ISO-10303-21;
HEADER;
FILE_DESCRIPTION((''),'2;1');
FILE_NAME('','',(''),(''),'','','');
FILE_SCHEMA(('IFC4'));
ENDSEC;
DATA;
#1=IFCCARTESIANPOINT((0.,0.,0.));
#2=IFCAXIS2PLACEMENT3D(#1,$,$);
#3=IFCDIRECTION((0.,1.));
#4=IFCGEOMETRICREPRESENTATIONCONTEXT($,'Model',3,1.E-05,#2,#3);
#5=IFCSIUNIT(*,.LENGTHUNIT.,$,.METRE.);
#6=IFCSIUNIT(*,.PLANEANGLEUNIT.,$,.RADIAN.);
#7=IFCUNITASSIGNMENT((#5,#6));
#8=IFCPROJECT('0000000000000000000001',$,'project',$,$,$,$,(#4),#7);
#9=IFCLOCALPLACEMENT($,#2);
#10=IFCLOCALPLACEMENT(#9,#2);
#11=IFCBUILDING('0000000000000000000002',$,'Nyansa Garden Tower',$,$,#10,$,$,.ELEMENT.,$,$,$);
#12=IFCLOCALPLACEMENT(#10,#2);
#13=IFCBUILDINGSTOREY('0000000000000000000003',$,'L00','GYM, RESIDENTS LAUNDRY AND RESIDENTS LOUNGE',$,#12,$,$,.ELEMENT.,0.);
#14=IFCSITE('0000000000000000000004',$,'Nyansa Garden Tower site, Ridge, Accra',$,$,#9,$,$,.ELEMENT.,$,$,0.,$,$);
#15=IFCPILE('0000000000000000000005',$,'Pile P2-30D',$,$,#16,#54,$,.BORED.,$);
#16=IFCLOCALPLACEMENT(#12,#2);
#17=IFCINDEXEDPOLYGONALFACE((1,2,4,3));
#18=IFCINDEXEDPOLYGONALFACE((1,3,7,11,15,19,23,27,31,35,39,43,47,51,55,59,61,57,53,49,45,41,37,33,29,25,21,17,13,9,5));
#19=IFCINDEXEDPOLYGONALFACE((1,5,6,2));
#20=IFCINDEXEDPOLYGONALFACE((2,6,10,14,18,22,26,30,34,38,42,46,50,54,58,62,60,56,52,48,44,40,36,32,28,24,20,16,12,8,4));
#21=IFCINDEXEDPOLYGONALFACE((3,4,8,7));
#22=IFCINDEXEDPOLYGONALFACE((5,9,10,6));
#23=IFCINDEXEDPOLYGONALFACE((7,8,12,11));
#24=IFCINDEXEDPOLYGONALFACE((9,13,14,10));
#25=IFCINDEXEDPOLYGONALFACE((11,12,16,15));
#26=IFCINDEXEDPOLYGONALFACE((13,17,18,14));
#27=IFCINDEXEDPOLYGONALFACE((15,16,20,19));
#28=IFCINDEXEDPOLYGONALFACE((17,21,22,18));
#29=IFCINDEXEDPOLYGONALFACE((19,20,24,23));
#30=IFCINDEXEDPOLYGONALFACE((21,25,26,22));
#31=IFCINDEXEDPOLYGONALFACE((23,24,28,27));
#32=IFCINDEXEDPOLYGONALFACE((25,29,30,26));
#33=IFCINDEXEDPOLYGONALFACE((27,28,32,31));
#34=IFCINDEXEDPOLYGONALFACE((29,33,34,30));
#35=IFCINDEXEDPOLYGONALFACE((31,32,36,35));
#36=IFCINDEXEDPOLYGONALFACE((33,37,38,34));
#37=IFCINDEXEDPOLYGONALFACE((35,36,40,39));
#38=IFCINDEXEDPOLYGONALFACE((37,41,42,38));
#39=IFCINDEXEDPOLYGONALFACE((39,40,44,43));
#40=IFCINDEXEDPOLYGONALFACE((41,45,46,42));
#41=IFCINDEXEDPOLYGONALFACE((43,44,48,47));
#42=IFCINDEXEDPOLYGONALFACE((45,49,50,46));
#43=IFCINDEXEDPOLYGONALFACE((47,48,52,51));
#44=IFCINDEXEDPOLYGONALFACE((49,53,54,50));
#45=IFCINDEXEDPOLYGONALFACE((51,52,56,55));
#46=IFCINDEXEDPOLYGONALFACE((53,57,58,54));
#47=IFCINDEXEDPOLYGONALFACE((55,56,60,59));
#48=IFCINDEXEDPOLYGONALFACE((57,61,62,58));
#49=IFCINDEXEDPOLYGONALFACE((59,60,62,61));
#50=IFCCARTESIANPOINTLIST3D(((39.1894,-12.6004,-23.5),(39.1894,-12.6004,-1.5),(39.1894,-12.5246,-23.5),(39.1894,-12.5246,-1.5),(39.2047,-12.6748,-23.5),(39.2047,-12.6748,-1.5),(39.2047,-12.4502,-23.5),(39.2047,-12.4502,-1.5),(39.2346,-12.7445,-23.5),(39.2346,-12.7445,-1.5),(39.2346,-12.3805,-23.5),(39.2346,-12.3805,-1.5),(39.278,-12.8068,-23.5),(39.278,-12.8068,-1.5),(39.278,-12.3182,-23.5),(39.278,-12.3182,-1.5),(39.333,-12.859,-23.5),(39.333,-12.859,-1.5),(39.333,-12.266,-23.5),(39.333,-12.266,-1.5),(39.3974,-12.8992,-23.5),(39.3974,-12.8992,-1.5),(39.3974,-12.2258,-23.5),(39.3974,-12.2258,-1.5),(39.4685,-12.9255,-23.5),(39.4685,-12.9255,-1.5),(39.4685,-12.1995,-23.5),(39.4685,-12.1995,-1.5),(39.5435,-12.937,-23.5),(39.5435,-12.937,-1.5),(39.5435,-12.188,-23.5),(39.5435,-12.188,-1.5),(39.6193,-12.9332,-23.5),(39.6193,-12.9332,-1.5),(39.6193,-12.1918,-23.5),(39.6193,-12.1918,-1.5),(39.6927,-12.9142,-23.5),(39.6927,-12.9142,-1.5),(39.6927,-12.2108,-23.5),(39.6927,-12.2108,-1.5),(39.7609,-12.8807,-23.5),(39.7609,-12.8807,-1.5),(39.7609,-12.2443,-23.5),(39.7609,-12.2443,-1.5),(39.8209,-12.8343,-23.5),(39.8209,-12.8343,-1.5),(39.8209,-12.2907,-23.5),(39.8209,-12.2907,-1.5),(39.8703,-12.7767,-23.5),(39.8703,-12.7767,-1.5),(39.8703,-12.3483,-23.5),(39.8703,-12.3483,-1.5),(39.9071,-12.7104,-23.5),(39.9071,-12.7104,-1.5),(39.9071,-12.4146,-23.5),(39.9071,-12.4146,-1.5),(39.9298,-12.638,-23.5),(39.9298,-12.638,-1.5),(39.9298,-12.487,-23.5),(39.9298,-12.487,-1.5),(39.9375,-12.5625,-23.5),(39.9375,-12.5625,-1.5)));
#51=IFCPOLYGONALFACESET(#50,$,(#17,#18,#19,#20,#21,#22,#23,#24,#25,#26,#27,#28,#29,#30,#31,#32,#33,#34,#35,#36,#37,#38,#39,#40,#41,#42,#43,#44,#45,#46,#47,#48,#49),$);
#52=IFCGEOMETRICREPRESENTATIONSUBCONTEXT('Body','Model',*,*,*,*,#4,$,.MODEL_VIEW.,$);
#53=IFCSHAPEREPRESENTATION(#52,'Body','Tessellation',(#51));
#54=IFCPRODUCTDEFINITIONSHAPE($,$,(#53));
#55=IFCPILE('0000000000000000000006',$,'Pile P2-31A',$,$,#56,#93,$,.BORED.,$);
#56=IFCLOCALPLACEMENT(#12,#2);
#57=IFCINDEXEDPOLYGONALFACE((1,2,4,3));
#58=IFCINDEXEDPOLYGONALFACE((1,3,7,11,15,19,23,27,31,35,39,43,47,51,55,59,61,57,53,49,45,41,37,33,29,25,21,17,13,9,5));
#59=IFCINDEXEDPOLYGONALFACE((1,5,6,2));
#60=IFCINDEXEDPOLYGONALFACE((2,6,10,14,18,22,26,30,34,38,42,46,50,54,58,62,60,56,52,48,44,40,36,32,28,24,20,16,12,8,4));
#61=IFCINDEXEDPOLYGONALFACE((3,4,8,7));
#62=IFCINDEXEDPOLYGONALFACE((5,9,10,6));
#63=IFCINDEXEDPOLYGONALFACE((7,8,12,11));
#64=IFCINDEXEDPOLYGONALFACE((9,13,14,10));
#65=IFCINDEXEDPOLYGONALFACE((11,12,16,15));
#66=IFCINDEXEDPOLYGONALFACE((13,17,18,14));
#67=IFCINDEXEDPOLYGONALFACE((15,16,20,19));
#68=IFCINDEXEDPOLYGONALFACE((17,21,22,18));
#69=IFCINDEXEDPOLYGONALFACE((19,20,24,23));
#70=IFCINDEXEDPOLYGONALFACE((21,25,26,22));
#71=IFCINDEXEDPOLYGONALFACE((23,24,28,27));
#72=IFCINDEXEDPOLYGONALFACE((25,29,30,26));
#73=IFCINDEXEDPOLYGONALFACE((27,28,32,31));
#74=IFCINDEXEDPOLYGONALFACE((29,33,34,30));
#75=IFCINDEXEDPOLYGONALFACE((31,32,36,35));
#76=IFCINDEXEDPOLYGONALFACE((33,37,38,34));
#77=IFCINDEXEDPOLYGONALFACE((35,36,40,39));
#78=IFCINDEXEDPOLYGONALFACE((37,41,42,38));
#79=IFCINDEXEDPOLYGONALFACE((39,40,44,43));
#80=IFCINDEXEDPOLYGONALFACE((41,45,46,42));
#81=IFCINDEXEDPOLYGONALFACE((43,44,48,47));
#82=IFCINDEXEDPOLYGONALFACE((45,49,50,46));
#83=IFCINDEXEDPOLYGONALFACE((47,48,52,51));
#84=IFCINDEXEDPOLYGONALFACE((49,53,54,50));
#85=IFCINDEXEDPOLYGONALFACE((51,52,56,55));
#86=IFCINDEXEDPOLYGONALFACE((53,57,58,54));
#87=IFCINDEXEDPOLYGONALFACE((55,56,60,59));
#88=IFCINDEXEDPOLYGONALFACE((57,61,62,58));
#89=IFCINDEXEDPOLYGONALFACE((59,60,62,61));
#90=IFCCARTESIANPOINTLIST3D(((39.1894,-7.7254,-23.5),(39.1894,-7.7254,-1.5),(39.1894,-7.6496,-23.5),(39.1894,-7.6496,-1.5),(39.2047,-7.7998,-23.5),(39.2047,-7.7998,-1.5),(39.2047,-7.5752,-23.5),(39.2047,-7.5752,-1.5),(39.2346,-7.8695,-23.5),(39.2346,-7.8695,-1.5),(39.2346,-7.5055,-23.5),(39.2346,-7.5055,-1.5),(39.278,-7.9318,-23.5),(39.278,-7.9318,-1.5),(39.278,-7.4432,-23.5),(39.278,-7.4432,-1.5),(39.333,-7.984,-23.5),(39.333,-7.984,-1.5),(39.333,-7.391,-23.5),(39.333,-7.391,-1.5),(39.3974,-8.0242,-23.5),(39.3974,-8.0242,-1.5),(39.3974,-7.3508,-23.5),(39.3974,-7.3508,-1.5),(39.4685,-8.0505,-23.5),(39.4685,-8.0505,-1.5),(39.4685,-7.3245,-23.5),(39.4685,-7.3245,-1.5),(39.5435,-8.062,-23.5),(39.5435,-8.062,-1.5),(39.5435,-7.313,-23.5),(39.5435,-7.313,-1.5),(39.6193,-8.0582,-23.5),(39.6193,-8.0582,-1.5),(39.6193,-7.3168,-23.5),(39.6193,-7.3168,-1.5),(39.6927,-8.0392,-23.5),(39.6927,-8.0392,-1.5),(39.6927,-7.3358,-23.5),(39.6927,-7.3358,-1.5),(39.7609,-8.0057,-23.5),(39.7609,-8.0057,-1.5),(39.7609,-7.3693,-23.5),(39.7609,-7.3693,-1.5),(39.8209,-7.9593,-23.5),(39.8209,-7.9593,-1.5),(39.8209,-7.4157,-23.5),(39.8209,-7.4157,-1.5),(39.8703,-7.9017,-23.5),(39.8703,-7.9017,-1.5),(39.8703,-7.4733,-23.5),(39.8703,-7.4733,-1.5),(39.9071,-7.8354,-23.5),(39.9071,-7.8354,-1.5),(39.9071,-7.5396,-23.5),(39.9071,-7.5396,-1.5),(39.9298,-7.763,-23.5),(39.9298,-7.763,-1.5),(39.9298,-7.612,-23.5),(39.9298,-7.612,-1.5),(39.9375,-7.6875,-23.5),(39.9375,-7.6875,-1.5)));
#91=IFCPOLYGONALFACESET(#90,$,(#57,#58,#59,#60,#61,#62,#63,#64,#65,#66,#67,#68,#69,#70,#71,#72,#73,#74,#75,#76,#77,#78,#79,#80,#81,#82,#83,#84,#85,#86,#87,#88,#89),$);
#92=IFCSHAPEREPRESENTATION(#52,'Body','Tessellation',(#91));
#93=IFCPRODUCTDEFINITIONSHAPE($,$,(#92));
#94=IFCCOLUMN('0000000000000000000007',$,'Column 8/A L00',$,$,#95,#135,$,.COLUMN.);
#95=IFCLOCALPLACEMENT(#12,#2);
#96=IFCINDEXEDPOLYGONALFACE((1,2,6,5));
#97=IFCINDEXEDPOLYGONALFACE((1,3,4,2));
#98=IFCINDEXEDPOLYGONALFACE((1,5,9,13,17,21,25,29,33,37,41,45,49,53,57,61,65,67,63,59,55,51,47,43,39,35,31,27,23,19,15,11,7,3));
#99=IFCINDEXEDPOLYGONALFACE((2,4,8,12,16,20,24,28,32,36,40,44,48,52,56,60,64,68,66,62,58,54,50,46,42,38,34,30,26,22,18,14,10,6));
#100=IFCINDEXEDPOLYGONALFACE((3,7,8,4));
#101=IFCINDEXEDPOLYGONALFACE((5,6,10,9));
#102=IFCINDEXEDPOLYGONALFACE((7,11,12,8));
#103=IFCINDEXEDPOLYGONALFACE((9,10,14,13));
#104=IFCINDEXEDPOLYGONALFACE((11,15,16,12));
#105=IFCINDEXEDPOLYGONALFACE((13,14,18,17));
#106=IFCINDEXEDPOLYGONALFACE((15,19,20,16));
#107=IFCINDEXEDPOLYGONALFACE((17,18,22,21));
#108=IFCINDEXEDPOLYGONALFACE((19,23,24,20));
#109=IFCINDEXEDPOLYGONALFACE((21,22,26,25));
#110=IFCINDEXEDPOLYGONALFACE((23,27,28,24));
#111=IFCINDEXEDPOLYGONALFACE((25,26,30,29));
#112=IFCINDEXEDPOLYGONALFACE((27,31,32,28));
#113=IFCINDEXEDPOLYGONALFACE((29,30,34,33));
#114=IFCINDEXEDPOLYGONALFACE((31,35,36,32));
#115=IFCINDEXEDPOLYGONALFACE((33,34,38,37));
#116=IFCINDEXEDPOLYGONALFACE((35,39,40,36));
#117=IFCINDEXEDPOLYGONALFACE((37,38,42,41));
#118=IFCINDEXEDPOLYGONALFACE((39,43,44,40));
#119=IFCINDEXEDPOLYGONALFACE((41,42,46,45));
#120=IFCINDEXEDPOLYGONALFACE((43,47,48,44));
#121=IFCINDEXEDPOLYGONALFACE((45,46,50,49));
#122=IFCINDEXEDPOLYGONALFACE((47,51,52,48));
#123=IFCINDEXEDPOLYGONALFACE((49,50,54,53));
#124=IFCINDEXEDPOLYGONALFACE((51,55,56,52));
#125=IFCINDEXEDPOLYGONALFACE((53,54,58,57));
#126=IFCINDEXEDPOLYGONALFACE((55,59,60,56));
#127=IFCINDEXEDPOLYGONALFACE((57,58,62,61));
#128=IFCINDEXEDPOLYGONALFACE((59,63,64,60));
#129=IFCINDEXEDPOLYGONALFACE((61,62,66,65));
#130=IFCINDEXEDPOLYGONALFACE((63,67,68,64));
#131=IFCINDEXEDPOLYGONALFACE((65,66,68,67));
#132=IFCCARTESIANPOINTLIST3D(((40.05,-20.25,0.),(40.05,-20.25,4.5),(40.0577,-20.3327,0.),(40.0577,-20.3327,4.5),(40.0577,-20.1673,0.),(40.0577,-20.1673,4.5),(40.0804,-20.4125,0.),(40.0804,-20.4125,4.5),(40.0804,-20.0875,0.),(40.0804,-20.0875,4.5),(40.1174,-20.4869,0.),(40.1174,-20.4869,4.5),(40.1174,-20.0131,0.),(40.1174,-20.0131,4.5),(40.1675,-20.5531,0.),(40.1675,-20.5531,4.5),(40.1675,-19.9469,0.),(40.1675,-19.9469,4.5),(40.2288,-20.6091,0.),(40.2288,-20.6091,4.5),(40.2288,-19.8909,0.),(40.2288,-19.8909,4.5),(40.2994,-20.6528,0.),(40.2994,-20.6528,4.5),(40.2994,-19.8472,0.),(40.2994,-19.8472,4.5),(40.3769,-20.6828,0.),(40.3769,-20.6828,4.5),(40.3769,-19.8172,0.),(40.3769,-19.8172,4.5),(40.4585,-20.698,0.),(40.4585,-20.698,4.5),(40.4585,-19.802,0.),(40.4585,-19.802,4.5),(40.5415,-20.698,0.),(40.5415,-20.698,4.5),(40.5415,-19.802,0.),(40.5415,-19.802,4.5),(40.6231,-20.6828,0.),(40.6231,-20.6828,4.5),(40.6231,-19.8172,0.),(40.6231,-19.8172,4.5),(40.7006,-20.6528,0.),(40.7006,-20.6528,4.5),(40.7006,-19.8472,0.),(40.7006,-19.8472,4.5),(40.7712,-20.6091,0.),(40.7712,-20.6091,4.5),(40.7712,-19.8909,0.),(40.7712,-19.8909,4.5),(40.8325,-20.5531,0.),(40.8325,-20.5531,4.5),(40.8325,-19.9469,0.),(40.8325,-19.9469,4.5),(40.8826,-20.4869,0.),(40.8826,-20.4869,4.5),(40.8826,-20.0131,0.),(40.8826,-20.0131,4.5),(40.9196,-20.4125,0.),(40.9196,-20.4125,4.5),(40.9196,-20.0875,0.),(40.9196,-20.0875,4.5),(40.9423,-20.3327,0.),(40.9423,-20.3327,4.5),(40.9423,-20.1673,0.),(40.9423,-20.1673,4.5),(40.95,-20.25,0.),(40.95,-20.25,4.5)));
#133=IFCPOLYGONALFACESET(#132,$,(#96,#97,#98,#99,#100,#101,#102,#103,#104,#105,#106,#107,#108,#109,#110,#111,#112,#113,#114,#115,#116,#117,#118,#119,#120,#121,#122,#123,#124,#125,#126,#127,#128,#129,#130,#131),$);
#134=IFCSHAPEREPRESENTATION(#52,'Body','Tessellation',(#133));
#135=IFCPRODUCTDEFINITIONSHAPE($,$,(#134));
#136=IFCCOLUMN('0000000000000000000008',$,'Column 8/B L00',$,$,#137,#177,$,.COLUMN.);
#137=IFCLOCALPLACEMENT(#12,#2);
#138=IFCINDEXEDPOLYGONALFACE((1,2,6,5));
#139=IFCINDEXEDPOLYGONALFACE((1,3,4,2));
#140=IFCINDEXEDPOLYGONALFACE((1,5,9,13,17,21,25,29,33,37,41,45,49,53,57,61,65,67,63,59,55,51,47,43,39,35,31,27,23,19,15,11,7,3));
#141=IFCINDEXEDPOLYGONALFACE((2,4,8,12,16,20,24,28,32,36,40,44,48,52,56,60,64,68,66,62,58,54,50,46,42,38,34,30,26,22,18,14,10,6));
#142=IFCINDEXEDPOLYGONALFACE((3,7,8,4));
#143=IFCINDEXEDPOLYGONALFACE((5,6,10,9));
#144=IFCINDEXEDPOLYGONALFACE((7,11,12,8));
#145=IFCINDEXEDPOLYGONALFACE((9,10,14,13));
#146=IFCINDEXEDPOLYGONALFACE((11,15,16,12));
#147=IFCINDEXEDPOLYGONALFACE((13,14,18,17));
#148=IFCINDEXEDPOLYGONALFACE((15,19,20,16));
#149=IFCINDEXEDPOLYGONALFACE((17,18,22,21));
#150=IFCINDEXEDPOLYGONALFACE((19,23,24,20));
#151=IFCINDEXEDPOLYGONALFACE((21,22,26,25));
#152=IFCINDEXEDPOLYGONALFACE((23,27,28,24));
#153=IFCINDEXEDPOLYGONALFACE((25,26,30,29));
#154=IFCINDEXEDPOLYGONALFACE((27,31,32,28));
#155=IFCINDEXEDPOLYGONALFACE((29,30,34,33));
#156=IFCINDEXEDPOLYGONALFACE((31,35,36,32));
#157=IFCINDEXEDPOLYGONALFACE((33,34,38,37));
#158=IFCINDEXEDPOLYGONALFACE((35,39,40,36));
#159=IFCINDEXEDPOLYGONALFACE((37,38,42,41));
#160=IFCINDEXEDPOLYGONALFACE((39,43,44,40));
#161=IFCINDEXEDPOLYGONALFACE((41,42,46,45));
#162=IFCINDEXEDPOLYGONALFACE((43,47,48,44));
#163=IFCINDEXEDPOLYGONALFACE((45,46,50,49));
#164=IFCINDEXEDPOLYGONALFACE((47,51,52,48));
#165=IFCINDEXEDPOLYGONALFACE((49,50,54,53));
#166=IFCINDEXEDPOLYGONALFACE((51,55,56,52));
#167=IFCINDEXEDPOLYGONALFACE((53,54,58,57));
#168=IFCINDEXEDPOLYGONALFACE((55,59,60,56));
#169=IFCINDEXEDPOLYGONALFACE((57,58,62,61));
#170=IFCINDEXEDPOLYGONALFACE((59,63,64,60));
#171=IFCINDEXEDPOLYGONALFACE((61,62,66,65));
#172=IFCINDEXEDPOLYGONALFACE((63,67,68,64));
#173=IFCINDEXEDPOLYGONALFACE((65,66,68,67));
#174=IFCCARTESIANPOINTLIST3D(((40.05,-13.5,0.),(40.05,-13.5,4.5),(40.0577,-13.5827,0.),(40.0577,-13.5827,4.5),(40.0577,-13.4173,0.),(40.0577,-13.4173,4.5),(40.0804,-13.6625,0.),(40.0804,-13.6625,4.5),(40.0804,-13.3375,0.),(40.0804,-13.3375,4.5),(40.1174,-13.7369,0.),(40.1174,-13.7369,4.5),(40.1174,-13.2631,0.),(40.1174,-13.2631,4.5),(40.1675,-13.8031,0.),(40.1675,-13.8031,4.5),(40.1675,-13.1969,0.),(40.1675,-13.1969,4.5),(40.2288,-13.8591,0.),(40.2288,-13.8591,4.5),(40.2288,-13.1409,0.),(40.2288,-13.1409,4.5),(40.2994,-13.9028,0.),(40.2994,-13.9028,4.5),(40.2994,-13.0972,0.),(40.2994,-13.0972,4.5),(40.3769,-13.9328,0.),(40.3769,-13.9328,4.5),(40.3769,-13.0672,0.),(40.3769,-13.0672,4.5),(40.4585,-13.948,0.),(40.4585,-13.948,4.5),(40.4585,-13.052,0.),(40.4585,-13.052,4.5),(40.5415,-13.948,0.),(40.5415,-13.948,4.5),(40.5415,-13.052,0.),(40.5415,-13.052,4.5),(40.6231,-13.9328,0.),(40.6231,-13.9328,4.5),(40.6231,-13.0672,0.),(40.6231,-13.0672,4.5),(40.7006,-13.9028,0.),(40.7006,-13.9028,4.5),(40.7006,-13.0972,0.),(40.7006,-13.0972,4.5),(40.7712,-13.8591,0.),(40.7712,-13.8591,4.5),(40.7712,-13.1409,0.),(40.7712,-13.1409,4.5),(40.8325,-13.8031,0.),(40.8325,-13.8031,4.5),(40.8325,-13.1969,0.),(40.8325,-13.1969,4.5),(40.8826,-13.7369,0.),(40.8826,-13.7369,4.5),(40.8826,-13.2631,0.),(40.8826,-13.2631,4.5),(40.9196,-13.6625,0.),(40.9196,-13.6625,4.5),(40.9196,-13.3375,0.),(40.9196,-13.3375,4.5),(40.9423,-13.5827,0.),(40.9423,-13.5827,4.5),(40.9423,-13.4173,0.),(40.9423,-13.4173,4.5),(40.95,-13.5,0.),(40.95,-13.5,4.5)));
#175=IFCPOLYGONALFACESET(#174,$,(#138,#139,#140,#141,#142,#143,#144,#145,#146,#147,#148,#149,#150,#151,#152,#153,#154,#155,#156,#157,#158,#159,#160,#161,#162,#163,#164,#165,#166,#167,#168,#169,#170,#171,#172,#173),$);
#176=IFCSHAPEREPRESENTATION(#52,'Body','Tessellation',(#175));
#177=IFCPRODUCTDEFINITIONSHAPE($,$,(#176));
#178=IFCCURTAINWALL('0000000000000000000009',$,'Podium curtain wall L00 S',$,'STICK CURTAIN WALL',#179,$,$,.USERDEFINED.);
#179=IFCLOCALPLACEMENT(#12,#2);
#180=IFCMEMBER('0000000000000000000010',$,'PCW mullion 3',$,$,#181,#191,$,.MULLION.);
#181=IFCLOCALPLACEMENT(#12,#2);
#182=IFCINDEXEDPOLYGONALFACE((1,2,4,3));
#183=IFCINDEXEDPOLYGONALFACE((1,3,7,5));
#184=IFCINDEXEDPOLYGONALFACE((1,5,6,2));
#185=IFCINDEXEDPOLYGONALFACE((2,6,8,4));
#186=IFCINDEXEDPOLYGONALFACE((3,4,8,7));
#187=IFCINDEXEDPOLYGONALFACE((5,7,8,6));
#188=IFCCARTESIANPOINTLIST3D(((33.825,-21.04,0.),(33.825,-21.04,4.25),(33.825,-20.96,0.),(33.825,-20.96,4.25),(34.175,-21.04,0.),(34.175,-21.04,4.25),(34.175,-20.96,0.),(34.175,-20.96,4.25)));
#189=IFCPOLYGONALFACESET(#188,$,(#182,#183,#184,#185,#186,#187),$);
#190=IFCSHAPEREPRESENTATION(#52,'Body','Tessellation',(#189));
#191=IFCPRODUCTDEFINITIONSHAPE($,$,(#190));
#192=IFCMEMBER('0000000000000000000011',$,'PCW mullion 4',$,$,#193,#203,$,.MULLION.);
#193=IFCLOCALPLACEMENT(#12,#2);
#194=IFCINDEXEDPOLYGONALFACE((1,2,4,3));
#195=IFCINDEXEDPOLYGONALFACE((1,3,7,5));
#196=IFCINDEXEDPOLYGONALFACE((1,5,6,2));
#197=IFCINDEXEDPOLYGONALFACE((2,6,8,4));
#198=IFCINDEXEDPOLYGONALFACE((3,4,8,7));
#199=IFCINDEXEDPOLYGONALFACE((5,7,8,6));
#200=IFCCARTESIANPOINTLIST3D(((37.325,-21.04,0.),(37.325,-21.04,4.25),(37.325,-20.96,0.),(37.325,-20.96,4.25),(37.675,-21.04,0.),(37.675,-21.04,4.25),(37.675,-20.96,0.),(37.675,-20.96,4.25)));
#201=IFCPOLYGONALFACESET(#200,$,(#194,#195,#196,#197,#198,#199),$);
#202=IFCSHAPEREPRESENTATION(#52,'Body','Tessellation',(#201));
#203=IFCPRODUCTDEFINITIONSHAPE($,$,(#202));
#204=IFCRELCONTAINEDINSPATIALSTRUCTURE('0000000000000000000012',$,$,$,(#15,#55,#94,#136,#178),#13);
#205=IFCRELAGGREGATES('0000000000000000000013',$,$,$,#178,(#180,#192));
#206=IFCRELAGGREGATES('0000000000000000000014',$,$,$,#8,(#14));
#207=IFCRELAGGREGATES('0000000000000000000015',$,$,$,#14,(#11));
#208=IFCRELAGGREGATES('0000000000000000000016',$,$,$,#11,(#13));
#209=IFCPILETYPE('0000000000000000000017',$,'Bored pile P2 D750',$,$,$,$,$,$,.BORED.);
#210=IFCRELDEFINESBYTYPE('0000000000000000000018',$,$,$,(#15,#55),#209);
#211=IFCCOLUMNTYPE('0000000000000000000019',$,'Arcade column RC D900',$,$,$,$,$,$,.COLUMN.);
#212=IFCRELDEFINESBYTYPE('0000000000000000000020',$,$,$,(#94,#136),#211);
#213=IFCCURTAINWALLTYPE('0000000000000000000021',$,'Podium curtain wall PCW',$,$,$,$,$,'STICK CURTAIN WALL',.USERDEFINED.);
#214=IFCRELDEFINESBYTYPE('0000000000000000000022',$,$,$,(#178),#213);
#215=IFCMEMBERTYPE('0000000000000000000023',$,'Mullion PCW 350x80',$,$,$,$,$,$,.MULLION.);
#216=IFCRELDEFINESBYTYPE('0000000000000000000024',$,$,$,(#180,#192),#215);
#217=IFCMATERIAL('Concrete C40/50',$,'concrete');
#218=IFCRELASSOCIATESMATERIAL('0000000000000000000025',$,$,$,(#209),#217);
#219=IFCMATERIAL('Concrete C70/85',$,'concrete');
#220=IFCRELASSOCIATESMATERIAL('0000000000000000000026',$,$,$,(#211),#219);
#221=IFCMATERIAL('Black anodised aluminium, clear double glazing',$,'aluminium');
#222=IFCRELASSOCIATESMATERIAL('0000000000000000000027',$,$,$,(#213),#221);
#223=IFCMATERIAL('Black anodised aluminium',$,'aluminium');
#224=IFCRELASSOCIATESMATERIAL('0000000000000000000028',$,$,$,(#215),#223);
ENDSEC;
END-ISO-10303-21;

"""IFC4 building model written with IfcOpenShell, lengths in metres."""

from ifc_helpers import new_model, si_unit, direction, frame, origin, origin_2d, place, context, subcontext, project, spatial, rectangle, circle, extrude, material, material_profile, profile_set, type_object, element, aggregate, save


model = new_model("IFC4")

# Units and contexts
model_context = context("Model", 3, precision=1e-05, world=origin(), true_north=direction((0.0, 1.0)))
body_context = subcontext(model_context, "Body", "Model", "MODEL_VIEW")
ifc_project = project(units=[si_unit("LENGTHUNIT", "METRE"), si_unit("PLANEANGLEUNIT", "RADIAN")], contexts=[model_context])

# Site, building, storey
site_placement = place(None, origin())
site = spatial("IfcSite", under=ifc_project, at=site_placement, Name="Nyansa Garden Tower site, Ridge, Accra", CompositionType="ELEMENT", RefElevation=0.0)
building_placement = place(site_placement, origin())
building = spatial("IfcBuilding", under=site, at=building_placement, Name="Nyansa Garden Tower", CompositionType="ELEMENT")
storey_placement = place(building_placement, origin())
storey = spatial("IfcBuildingStorey", under=building, at=storey_placement, Name="L00", Description="GYM, RESIDENTS LAUNDRY AND RESIDENTS LOUNGE", CompositionType="ELEMENT", Elevation=0.0)

# Piles
ifc_material_1 = material(Name="Concrete C40/50", Category="concrete")
pile_type = type_object("IfcPileType", Name="Bored pile P2 D750", PredefinedType="BORED", material=ifc_material_1)
for number, where, z_axis, x_axis, name in (
    (1, (39.5625, -12.5625, -1.5), (0.0, 0.0, -1.0), (1.0, 0.0, 0.0), "Pile P2-30D"),
    (2, (39.5625, -7.6875, -1.5), (0.0, 0.0, -1.0), (1.0, 0.0, 0.0), "Pile P2-31A"),
):
    element("IfcPile", number, at=place(storey_placement, frame(where, z_axis=z_axis, x_axis=x_axis)), inside=storey, type_object=pile_type, Name=name, PredefinedType="BORED", context=body_context, shape_type="SweptSolid", body=[
        extrude(circle(Radius=0.375, at=origin_2d()), origin(), (0.0, 0.0, 1.0), 22.0),
    ])

# Columns
ifc_material_2 = material(Name="Concrete C70/85", Category="concrete")
ifc_material_profile_1 = material_profile(ifc_material_2, circle(Radius=0.45, at=origin_2d()), Name="RC D900")
ifc_profile_set_1 = profile_set([ifc_material_profile_1], Name="Concrete C70/85")
column_type = type_object("IfcColumnType", Name="Arcade column RC D900", PredefinedType="COLUMN", material=ifc_profile_set_1)
for number, where, z_axis, x_axis, name in (
    (3, (40.5, -20.25, 0.0), (0.0, 0.0, 1.0), (1.0, 0.0, 0.0), "Column 8/A L00"),
    (4, (40.5, -13.5, 0.0), (0.0, 0.0, 1.0), (1.0, 0.0, 0.0), "Column 8/B L00"),
):
    element("IfcColumn", number, at=place(storey_placement, frame(where, z_axis=z_axis, x_axis=x_axis)), inside=storey, type_object=column_type, Name=name, PredefinedType="COLUMN", context=body_context, shape_type="SweptSolid", body=[
        extrude(circle(Radius=0.45, at=origin_2d()), origin(), (0.0, 0.0, 1.0), 4.5),
    ])

# Curtain wall, members
ifc_material_3 = material(Name="Black anodised aluminium, clear double glazing", Category="aluminium")
curtain_wall_type = type_object("IfcCurtainWallType", Name="Podium curtain wall PCW", ElementType="STICK CURTAIN WALL", PredefinedType="USERDEFINED", material=ifc_material_3)
curtain_wall_placement = place(storey_placement, origin())
curtain_wall = element("IfcCurtainWall", 5, at=curtain_wall_placement, inside=storey, type_object=curtain_wall_type, Name="Podium curtain wall L00 S", ObjectType="STICK CURTAIN WALL", PredefinedType="USERDEFINED")
ifc_material_4 = material(Name="Black anodised aluminium", Category="aluminium")
ifc_material_profile_2 = material_profile(ifc_material_4, rectangle(XDim=0.0801, YDim=0.3501, at=origin_2d()), Name="Mullion 350x80")
ifc_profile_set_2 = profile_set([ifc_material_profile_2], Name="Black anodised aluminium")
member_type_1 = type_object("IfcMemberType", Name="Mullion PCW 350x80", PredefinedType="MULLION", material=ifc_profile_set_2)
member_1_placement = place(storey_placement, frame((34.0, -21.0, 0.0), z_axis=(0.0, 0.0, 1.0), x_axis=(0.0, 1.0, 0.0)))
member_1 = element("IfcMember", 6, at=member_1_placement, type_object=member_type_1, Name="PCW mullion 3", PredefinedType="MULLION", context=body_context, shape_type="SweptSolid", body=[
    extrude(rectangle(XDim=0.0801, YDim=0.3501, at=origin_2d()), origin(), (0.0, 0.0, 1.0), 4.25),
])
member_2_placement = place(storey_placement, frame((37.5, -21.0, 0.0), z_axis=(0.0, 0.0, 1.0), x_axis=(0.0, 1.0, 0.0)))
member_2 = element("IfcMember", 7, at=member_2_placement, type_object=member_type_1, Name="PCW mullion 4", PredefinedType="MULLION", context=body_context, shape_type="SweptSolid", body=[
    extrude(rectangle(XDim=0.0801, YDim=0.3501, at=origin_2d()), origin(), (0.0, 0.0, 1.0), 4.25),
])

aggregate(curtain_wall, [member_1, member_2])

save(model, "model.ifc")
